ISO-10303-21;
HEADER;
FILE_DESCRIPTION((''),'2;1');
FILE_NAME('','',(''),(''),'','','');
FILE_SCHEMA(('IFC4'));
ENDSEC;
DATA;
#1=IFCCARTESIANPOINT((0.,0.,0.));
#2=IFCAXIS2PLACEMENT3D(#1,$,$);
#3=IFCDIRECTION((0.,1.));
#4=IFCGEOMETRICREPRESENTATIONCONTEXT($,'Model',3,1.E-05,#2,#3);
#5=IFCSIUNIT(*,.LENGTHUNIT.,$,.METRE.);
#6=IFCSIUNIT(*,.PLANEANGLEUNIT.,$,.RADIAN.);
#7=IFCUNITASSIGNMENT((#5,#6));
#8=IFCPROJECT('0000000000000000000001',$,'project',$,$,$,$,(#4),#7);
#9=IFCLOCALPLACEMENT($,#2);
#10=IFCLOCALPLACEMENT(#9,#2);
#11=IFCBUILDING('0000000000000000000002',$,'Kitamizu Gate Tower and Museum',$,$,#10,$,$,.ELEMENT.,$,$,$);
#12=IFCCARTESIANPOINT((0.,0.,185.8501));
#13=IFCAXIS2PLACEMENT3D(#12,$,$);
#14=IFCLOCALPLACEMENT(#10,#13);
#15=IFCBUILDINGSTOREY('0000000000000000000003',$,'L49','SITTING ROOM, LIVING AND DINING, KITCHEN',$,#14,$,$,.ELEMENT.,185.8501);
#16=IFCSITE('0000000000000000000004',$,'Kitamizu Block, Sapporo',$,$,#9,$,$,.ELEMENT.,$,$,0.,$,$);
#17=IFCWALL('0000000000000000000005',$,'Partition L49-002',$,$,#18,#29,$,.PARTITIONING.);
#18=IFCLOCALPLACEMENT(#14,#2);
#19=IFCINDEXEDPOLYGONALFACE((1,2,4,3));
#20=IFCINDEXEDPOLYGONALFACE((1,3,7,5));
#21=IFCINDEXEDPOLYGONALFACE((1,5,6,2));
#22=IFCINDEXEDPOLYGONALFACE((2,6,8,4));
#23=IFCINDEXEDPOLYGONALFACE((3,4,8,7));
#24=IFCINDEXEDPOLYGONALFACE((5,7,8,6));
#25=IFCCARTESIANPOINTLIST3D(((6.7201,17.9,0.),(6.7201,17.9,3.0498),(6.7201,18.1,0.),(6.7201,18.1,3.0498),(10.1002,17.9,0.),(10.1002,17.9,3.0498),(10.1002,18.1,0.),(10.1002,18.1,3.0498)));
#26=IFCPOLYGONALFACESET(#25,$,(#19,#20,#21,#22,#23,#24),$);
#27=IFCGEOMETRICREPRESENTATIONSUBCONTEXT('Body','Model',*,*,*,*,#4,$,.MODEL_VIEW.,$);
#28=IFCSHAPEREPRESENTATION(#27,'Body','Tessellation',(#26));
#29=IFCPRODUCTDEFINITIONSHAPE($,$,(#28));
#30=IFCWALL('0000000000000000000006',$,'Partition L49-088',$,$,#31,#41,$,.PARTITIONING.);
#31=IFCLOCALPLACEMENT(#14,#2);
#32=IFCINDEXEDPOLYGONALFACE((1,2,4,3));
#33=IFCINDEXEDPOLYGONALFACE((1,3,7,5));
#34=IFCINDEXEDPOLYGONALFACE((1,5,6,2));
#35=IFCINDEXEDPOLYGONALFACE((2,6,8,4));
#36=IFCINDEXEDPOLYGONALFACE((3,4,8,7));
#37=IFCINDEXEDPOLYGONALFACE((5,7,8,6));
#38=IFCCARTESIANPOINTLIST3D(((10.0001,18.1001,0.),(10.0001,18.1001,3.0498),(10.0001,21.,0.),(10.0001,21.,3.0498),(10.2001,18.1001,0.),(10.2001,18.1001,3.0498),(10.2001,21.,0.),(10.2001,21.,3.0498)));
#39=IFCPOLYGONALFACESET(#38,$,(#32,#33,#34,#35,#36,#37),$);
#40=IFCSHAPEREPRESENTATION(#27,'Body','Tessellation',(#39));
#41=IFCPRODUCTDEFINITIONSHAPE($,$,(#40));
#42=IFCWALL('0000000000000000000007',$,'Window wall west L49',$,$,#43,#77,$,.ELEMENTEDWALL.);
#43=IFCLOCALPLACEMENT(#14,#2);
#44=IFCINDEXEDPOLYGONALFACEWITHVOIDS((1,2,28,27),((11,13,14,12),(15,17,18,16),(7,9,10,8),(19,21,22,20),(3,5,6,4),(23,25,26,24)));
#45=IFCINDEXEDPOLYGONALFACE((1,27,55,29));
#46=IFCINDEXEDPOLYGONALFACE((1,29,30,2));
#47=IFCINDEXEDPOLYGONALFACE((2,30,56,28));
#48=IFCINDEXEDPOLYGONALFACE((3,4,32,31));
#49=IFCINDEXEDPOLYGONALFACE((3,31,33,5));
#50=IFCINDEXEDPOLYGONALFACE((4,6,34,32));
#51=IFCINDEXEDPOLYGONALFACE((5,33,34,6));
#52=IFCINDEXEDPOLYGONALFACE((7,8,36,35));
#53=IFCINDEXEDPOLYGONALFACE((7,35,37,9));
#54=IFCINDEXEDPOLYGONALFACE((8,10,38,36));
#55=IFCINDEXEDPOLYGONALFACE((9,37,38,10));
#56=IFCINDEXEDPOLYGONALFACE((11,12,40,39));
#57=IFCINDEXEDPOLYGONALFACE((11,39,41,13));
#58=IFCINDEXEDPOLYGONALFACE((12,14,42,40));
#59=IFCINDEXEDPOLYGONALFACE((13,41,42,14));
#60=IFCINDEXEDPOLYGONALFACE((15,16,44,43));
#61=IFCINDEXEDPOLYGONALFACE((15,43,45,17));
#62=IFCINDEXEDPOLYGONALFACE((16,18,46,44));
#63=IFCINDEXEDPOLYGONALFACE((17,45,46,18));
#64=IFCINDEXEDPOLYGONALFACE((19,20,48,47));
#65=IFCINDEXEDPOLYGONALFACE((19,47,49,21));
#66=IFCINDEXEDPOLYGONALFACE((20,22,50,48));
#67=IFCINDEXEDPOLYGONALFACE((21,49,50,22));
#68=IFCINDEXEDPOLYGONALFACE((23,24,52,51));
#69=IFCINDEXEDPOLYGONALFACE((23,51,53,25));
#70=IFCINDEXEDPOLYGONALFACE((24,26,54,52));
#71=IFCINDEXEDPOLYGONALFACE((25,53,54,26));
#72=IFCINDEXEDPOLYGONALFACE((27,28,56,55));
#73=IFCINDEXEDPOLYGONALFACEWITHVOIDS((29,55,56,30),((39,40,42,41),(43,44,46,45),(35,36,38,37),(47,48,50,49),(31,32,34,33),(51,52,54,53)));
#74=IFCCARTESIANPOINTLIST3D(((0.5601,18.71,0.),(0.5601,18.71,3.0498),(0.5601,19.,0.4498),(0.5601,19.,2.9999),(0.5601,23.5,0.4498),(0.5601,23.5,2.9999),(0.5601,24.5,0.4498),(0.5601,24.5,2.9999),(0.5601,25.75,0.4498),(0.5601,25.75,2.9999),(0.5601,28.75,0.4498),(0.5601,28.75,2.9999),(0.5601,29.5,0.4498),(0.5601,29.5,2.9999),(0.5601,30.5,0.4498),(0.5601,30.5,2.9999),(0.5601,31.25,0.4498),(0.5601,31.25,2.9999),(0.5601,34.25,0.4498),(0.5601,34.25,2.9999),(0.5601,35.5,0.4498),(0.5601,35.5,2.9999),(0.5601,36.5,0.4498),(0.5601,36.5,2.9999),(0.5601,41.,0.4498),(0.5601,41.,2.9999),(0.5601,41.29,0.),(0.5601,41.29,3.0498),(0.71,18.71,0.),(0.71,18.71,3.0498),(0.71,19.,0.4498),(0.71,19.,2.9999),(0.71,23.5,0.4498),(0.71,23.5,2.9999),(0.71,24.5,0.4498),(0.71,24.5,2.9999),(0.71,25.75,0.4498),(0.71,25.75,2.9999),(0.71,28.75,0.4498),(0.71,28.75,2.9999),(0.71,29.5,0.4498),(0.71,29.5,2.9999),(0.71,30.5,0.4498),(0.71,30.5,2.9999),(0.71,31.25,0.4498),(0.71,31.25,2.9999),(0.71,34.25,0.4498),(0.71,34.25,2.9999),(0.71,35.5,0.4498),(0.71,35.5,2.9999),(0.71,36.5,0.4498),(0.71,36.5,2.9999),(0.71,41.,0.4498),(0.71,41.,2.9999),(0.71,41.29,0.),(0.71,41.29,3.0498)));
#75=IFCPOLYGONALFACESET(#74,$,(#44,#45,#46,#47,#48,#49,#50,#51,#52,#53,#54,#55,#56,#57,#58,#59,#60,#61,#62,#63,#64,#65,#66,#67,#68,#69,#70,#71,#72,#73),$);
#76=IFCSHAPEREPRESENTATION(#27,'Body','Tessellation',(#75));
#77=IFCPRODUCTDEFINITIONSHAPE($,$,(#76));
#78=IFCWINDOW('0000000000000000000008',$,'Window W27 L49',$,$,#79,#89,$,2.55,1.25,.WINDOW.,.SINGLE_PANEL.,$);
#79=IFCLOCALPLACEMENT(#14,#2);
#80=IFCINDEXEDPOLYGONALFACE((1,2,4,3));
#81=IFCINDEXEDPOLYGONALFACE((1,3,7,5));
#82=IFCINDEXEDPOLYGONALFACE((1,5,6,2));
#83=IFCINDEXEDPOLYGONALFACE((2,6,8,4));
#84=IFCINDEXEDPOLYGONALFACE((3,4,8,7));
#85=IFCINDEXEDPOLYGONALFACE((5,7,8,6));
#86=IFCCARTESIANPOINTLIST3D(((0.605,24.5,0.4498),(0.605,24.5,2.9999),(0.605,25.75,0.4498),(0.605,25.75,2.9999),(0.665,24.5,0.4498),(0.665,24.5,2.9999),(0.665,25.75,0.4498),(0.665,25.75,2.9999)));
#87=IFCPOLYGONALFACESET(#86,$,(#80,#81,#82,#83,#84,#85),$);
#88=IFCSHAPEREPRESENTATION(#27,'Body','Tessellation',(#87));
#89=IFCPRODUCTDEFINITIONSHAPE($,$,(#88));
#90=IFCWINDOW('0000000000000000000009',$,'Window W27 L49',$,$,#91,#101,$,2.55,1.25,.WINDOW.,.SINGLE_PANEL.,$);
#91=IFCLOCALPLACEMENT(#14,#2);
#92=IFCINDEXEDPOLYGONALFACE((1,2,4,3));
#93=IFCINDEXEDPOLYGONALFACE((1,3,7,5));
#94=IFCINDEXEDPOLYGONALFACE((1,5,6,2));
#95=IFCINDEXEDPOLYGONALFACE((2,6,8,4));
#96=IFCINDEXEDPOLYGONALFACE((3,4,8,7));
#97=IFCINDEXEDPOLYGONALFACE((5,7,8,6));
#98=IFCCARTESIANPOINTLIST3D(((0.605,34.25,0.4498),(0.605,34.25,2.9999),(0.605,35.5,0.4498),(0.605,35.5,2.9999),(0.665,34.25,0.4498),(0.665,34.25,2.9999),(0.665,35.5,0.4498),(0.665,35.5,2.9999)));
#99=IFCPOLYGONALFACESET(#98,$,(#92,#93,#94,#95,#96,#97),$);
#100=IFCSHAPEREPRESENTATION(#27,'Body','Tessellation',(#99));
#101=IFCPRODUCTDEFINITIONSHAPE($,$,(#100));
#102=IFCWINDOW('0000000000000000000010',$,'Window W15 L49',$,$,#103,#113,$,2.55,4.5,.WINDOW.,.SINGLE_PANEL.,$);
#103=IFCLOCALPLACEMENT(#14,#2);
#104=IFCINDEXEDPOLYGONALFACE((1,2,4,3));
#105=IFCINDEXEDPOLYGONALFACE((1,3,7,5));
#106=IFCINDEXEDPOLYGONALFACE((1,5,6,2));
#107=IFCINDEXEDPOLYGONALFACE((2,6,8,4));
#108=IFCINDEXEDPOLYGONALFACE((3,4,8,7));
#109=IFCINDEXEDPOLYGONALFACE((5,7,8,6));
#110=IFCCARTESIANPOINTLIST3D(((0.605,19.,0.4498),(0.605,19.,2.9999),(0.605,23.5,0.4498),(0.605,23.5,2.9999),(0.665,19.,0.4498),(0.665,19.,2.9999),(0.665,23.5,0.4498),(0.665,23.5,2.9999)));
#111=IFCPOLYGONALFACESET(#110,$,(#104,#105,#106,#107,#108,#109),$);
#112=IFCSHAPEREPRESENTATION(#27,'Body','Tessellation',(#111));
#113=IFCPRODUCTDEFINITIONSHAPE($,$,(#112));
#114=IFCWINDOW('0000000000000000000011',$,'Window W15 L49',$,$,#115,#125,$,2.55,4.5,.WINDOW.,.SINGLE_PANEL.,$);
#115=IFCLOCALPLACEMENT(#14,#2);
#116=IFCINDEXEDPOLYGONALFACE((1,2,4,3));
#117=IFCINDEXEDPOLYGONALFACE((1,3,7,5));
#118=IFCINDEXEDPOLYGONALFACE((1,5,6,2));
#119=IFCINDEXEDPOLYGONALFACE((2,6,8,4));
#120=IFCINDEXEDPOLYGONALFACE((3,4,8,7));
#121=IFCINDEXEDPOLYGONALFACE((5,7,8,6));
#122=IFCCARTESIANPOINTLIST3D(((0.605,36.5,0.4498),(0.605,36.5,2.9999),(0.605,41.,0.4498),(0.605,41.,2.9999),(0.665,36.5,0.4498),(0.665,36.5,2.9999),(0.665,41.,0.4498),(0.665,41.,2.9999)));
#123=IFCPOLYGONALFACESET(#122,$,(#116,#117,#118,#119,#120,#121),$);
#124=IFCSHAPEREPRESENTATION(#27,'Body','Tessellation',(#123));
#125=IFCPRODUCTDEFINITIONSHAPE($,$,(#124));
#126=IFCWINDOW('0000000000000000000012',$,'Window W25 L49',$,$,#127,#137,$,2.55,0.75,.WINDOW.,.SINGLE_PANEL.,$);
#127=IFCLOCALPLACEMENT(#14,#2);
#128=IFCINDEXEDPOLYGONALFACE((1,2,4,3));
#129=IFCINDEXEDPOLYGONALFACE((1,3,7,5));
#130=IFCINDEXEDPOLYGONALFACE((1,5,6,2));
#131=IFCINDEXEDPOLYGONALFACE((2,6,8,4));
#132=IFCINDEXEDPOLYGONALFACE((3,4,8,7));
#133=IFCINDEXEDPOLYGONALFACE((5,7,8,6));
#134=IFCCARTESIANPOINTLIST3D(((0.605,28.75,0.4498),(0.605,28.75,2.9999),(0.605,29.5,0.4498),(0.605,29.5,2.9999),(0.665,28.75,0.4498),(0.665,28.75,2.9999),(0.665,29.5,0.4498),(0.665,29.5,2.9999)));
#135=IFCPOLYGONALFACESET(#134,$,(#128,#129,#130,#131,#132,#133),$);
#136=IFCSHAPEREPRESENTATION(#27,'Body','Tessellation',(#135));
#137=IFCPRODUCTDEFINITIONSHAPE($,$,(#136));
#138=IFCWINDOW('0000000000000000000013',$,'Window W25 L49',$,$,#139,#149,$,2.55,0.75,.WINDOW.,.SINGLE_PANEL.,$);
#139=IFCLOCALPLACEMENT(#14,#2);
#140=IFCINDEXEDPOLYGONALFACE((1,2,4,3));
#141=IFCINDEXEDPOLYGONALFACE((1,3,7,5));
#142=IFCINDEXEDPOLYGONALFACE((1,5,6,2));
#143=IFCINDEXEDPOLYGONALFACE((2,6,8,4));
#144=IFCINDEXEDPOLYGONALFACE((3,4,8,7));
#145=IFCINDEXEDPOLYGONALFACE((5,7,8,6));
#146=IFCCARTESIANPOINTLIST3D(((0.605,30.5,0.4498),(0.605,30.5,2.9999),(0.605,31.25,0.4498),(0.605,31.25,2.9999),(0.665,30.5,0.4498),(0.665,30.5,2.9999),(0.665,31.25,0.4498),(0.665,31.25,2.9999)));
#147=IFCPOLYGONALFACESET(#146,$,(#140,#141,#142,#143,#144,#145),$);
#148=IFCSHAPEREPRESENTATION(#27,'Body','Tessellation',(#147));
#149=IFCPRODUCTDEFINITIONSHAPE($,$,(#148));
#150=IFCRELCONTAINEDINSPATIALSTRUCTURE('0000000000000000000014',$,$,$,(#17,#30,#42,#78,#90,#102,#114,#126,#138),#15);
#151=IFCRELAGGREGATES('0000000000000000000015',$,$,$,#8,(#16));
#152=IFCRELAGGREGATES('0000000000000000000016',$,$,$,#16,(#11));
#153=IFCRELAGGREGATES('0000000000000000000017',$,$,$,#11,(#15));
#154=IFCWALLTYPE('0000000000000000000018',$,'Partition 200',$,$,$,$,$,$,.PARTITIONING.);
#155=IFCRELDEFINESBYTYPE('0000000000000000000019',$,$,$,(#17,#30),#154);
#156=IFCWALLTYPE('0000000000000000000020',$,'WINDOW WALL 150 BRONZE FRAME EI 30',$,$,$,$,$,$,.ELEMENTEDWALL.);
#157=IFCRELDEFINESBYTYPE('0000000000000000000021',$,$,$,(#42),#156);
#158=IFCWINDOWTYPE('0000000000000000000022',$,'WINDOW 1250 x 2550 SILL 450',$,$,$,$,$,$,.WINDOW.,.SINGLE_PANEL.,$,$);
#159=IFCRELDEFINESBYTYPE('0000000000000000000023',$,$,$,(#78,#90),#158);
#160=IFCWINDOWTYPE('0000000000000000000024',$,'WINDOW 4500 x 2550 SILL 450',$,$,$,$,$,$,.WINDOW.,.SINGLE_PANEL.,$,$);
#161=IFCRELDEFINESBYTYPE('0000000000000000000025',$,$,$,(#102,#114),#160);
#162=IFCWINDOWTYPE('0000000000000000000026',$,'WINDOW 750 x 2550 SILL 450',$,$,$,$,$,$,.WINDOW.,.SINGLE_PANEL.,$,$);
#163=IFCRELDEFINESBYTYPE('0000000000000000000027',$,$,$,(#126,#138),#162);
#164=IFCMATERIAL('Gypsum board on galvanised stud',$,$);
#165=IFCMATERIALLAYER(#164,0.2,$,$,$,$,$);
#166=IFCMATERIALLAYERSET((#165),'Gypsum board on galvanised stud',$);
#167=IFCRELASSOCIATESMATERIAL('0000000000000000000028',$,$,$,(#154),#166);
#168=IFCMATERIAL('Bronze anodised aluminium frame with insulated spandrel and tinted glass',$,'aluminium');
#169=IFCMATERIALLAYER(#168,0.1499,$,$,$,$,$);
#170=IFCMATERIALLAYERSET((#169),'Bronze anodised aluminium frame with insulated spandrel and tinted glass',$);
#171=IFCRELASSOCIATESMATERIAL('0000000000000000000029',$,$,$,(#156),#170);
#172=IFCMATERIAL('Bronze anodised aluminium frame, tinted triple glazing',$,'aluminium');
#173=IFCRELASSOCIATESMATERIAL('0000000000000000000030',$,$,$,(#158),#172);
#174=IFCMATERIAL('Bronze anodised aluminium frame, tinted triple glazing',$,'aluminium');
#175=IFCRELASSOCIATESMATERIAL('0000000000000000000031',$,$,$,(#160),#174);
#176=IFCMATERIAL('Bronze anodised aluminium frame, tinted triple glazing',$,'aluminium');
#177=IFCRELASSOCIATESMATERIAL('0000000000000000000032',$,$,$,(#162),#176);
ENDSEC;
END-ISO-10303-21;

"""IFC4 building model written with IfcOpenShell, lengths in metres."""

from ifc_helpers import new_model, si_unit, direction, frame, frame_2d, origin, place, context, subcontext, project, spatial, rectangle, extrude, material, layer, layer_set, type_object, element, fill, save


model = new_model("IFC4")

# Units and contexts
model_context = context("Model", 3, precision=1e-05, world=origin(), true_north=direction((0.0, 1.0)))
body_context = subcontext(model_context, "Body", "Model", "MODEL_VIEW")
ifc_project = project(units=[si_unit("LENGTHUNIT", "METRE"), si_unit("PLANEANGLEUNIT", "RADIAN")], contexts=[model_context])

# Site, building, storey
site_placement = place(None, origin())
site = spatial("IfcSite", under=ifc_project, at=site_placement, Name="Kitamizu Block, Sapporo", CompositionType="ELEMENT", RefElevation=0.0)
building_placement = place(site_placement, origin())
building = spatial("IfcBuilding", under=site, at=building_placement, Name="Kitamizu Gate Tower and Museum", CompositionType="ELEMENT")
storey_placement = place(building_placement, frame((0.0, 0.0, 185.8501)))
storey = spatial("IfcBuildingStorey", under=building, at=storey_placement, Name="L49", Description="SITTING ROOM, LIVING AND DINING, KITCHEN", CompositionType="ELEMENT", Elevation=185.8501)

# Walls
ifc_material_1 = material(Name="Gypsum board on galvanised stud")
ifc_layer_1 = layer(ifc_material_1, 0.2)
ifc_layer_set_1 = layer_set([ifc_layer_1], Name="Gypsum board on galvanised stud")
wall_type_1 = type_object("IfcWallType", Name="Partition 200", PredefinedType="PARTITIONING", material=ifc_layer_set_1)
wall_1_placement = place(storey_placement, frame((10.1001, 18.0, 0.0), z_axis=(0.0, 0.0, 1.0), x_axis=(-1.0, 0.0, 0.0)))
element("IfcWall", 1, at=wall_1_placement, inside=storey, type_object=wall_type_1, Name="Partition L49-002", PredefinedType="PARTITIONING", context=body_context, shape_type="SweptSolid", body=[
    extrude(rectangle(XDim=3.3801, YDim=0.2, at=frame_2d((1.6899, 0.0))), origin(), (0.0, 0.0, 1.0), 3.0498),
])
wall_2_placement = place(storey_placement, frame((10.1001, 18.1001, 0.0), z_axis=(0.0, 0.0, 1.0), x_axis=(0.0, 1.0, 0.0)))
element("IfcWall", 2, at=wall_2_placement, inside=storey, type_object=wall_type_1, Name="Partition L49-088", PredefinedType="PARTITIONING", context=body_context, shape_type="SweptSolid", body=[
    extrude(rectangle(XDim=2.8999, YDim=0.2, at=frame_2d((1.45, 0.0))), origin(), (0.0, 0.0, 1.0), 3.0498),
])

# Wall, openings, windows
ifc_material_2 = material(Name="Bronze anodised aluminium frame with insulated spandrel and tinted glass", Category="aluminium")
ifc_layer_2 = layer(ifc_material_2, 0.1499)
ifc_layer_set_2 = layer_set([ifc_layer_2], Name="Bronze anodised aluminium frame with insulated spandrel and tinted glass")
wall_type_2 = type_object("IfcWallType", Name="WINDOW WALL 150 BRONZE FRAME EI 30", PredefinedType="ELEMENTEDWALL", material=ifc_layer_set_2)
wall_3_placement = place(storey_placement, frame((0.635, 18.71, 0.0), z_axis=(0.0, 0.0, 1.0), x_axis=(0.0, 1.0, 0.0)))
wall_3 = element("IfcWall", 3, at=wall_3_placement, inside=storey, type_object=wall_type_2, Name="Window wall west L49", PredefinedType="ELEMENTEDWALL", context=body_context, shape_type="SweptSolid", body=[
    extrude(rectangle(XDim=22.5801, YDim=0.1499, at=frame_2d((11.29, 0.0))), origin(), (0.0, 0.0, 1.0), 3.0498),
])
opening_1_placement = place(wall_3_placement, frame((0.29, 0.0, 0.45)))
opening_1 = element("IfcOpeningElement", 4, at=opening_1_placement, cuts=wall_3, PredefinedType="OPENING", context=body_context, shape_type="SweptSolid", body=[
    extrude(rectangle(XDim=4.5, YDim=2.55, at=frame_2d((2.25, 1.2749))), frame((0.0, 0.085, 0.0), z_axis=(0.0, -1.0, 0.0), x_axis=(1.0, 0.0, 0.0)), (0.0, 0.0, 1.0), 0.1699),
])
opening_2_placement = place(wall_3_placement, frame((5.79, 0.0, 0.45)))
opening_2 = element("IfcOpeningElement", 5, at=opening_2_placement, cuts=wall_3, PredefinedType="OPENING", context=body_context, shape_type="SweptSolid", body=[
    extrude(rectangle(XDim=1.25, YDim=2.55, at=frame_2d((0.625, 1.2749))), frame((0.0, 0.085, 0.0), z_axis=(0.0, -1.0, 0.0), x_axis=(1.0, 0.0, 0.0)), (0.0, 0.0, 1.0), 0.1699),
])
opening_3_placement = place(wall_3_placement, frame((10.04, 0.0, 0.45)))
opening_3 = element("IfcOpeningElement", 6, at=opening_3_placement, cuts=wall_3, PredefinedType="OPENING", context=body_context, shape_type="SweptSolid", body=[
    extrude(rectangle(XDim=0.75, YDim=2.55, at=frame_2d((0.375, 1.2749))), frame((0.0, 0.085, 0.0), z_axis=(0.0, -1.0, 0.0), x_axis=(1.0, 0.0, 0.0)), (0.0, 0.0, 1.0), 0.1699),
])
opening_4_placement = place(wall_3_placement, frame((11.79, 0.0, 0.45)))
opening_4 = element("IfcOpeningElement", 7, at=opening_4_placement, cuts=wall_3, PredefinedType="OPENING", context=body_context, shape_type="SweptSolid", body=[
    extrude(rectangle(XDim=0.75, YDim=2.55, at=frame_2d((0.375, 1.2749))), frame((0.0, 0.085, 0.0), z_axis=(0.0, -1.0, 0.0), x_axis=(1.0, 0.0, 0.0)), (0.0, 0.0, 1.0), 0.1699),
])
opening_5_placement = place(wall_3_placement, frame((15.54, 0.0, 0.45)))
opening_5 = element("IfcOpeningElement", 8, at=opening_5_placement, cuts=wall_3, PredefinedType="OPENING", context=body_context, shape_type="SweptSolid", body=[
    extrude(rectangle(XDim=1.25, YDim=2.55, at=frame_2d((0.625, 1.2749))), frame((0.0, 0.085, 0.0), z_axis=(0.0, -1.0, 0.0), x_axis=(1.0, 0.0, 0.0)), (0.0, 0.0, 1.0), 0.1699),
])
opening_6_placement = place(wall_3_placement, frame((17.79, 0.0, 0.45)))
opening_6 = element("IfcOpeningElement", 9, at=opening_6_placement, cuts=wall_3, PredefinedType="OPENING", context=body_context, shape_type="SweptSolid", body=[
    extrude(rectangle(XDim=4.5, YDim=2.55, at=frame_2d((2.25, 1.2749))), frame((0.0, 0.085, 0.0), z_axis=(0.0, -1.0, 0.0), x_axis=(1.0, 0.0, 0.0)), (0.0, 0.0, 1.0), 0.1699),
])
ifc_material_3 = material(Name="Bronze anodised aluminium frame, tinted triple glazing", Category="aluminium")
window_type_1 = type_object("IfcWindowType", Name="WINDOW 1250 x 2550 SILL 450", PartitioningType="SINGLE_PANEL", PredefinedType="WINDOW", material=ifc_material_3)
window_1_placement = place(opening_2_placement, origin())
window_1 = element("IfcWindow", 10, at=window_1_placement, inside=storey, type_object=window_type_1, Name="Window W27 L49", OverallHeight=2.55, OverallWidth=1.25, PartitioningType="SINGLE_PANEL", PredefinedType="WINDOW", context=body_context, shape_type="SweptSolid", body=[
    extrude(rectangle(XDim=1.25, YDim=2.55, at=frame_2d((0.625, 1.2749))), frame((0.0, 0.03, 0.0), z_axis=(0.0, -1.0, 0.0), x_axis=(1.0, 0.0, 0.0)), (0.0, 0.0, 1.0), 0.0601),
])
fill(opening_2, window_1)
window_2_placement = place(opening_5_placement, origin())
window_2 = element("IfcWindow", 11, at=window_2_placement, inside=storey, type_object=window_type_1, Name="Window W27 L49", OverallHeight=2.55, OverallWidth=1.25, PartitioningType="SINGLE_PANEL", PredefinedType="WINDOW", context=body_context, shape_type="SweptSolid", body=[
    extrude(rectangle(XDim=1.25, YDim=2.55, at=frame_2d((0.625, 1.2749))), frame((0.0, 0.03, 0.0), z_axis=(0.0, -1.0, 0.0), x_axis=(1.0, 0.0, 0.0)), (0.0, 0.0, 1.0), 0.0601),
])
fill(opening_5, window_2)
ifc_material_4 = material(Name="Bronze anodised aluminium frame, tinted triple glazing", Category="aluminium")
window_type_2 = type_object("IfcWindowType", Name="WINDOW 4500 x 2550 SILL 450", PartitioningType="SINGLE_PANEL", PredefinedType="WINDOW", material=ifc_material_4)
window_3_placement = place(opening_1_placement, origin())
window_3 = element("IfcWindow", 12, at=window_3_placement, inside=storey, type_object=window_type_2, Name="Window W15 L49", OverallHeight=2.55, OverallWidth=4.5, PartitioningType="SINGLE_PANEL", PredefinedType="WINDOW", context=body_context, shape_type="SweptSolid", body=[
    extrude(rectangle(XDim=4.5, YDim=2.55, at=frame_2d((2.25, 1.2749))), frame((0.0, 0.03, 0.0), z_axis=(0.0, -1.0, 0.0), x_axis=(1.0, 0.0, 0.0)), (0.0, 0.0, 1.0), 0.0601),
])
fill(opening_1, window_3)
window_4_placement = place(opening_6_placement, origin())
window_4 = element("IfcWindow", 13, at=window_4_placement, inside=storey, type_object=window_type_2, Name="Window W15 L49", OverallHeight=2.55, OverallWidth=4.5, PartitioningType="SINGLE_PANEL", PredefinedType="WINDOW", context=body_context, shape_type="SweptSolid", body=[
    extrude(rectangle(XDim=4.5, YDim=2.55, at=frame_2d((2.25, 1.2749))), frame((0.0, 0.03, 0.0), z_axis=(0.0, -1.0, 0.0), x_axis=(1.0, 0.0, 0.0)), (0.0, 0.0, 1.0), 0.0601),
])
fill(opening_6, window_4)
ifc_material_5 = material(Name="Bronze anodised aluminium frame, tinted triple glazing", Category="aluminium")
window_type_3 = type_object("IfcWindowType", Name="WINDOW 750 x 2550 SILL 450", PartitioningType="SINGLE_PANEL", PredefinedType="WINDOW", material=ifc_material_5)
window_5_placement = place(opening_3_placement, origin())
window_5 = element("IfcWindow", 14, at=window_5_placement, inside=storey, type_object=window_type_3, Name="Window W25 L49", OverallHeight=2.55, OverallWidth=0.75, PartitioningType="SINGLE_PANEL", PredefinedType="WINDOW", context=body_context, shape_type="SweptSolid", body=[
    extrude(rectangle(XDim=0.75, YDim=2.55, at=frame_2d((0.375, 1.2749))), frame((0.0, 0.03, 0.0), z_axis=(0.0, -1.0, 0.0), x_axis=(1.0, 0.0, 0.0)), (0.0, 0.0, 1.0), 0.0601),
])
fill(opening_3, window_5)
window_6_placement = place(opening_4_placement, origin())
window_6 = element("IfcWindow", 15, at=window_6_placement, inside=storey, type_object=window_type_3, Name="Window W25 L49", OverallHeight=2.55, OverallWidth=0.75, PartitioningType="SINGLE_PANEL", PredefinedType="WINDOW", context=body_context, shape_type="SweptSolid", body=[
    extrude(rectangle(XDim=0.75, YDim=2.55, at=frame_2d((0.375, 1.2749))), frame((0.0, 0.03, 0.0), z_axis=(0.0, -1.0, 0.0), x_axis=(1.0, 0.0, 0.0)), (0.0, 0.0, 1.0), 0.0601),
])
fill(opening_4, window_6)

save(model, "model.ifc")
